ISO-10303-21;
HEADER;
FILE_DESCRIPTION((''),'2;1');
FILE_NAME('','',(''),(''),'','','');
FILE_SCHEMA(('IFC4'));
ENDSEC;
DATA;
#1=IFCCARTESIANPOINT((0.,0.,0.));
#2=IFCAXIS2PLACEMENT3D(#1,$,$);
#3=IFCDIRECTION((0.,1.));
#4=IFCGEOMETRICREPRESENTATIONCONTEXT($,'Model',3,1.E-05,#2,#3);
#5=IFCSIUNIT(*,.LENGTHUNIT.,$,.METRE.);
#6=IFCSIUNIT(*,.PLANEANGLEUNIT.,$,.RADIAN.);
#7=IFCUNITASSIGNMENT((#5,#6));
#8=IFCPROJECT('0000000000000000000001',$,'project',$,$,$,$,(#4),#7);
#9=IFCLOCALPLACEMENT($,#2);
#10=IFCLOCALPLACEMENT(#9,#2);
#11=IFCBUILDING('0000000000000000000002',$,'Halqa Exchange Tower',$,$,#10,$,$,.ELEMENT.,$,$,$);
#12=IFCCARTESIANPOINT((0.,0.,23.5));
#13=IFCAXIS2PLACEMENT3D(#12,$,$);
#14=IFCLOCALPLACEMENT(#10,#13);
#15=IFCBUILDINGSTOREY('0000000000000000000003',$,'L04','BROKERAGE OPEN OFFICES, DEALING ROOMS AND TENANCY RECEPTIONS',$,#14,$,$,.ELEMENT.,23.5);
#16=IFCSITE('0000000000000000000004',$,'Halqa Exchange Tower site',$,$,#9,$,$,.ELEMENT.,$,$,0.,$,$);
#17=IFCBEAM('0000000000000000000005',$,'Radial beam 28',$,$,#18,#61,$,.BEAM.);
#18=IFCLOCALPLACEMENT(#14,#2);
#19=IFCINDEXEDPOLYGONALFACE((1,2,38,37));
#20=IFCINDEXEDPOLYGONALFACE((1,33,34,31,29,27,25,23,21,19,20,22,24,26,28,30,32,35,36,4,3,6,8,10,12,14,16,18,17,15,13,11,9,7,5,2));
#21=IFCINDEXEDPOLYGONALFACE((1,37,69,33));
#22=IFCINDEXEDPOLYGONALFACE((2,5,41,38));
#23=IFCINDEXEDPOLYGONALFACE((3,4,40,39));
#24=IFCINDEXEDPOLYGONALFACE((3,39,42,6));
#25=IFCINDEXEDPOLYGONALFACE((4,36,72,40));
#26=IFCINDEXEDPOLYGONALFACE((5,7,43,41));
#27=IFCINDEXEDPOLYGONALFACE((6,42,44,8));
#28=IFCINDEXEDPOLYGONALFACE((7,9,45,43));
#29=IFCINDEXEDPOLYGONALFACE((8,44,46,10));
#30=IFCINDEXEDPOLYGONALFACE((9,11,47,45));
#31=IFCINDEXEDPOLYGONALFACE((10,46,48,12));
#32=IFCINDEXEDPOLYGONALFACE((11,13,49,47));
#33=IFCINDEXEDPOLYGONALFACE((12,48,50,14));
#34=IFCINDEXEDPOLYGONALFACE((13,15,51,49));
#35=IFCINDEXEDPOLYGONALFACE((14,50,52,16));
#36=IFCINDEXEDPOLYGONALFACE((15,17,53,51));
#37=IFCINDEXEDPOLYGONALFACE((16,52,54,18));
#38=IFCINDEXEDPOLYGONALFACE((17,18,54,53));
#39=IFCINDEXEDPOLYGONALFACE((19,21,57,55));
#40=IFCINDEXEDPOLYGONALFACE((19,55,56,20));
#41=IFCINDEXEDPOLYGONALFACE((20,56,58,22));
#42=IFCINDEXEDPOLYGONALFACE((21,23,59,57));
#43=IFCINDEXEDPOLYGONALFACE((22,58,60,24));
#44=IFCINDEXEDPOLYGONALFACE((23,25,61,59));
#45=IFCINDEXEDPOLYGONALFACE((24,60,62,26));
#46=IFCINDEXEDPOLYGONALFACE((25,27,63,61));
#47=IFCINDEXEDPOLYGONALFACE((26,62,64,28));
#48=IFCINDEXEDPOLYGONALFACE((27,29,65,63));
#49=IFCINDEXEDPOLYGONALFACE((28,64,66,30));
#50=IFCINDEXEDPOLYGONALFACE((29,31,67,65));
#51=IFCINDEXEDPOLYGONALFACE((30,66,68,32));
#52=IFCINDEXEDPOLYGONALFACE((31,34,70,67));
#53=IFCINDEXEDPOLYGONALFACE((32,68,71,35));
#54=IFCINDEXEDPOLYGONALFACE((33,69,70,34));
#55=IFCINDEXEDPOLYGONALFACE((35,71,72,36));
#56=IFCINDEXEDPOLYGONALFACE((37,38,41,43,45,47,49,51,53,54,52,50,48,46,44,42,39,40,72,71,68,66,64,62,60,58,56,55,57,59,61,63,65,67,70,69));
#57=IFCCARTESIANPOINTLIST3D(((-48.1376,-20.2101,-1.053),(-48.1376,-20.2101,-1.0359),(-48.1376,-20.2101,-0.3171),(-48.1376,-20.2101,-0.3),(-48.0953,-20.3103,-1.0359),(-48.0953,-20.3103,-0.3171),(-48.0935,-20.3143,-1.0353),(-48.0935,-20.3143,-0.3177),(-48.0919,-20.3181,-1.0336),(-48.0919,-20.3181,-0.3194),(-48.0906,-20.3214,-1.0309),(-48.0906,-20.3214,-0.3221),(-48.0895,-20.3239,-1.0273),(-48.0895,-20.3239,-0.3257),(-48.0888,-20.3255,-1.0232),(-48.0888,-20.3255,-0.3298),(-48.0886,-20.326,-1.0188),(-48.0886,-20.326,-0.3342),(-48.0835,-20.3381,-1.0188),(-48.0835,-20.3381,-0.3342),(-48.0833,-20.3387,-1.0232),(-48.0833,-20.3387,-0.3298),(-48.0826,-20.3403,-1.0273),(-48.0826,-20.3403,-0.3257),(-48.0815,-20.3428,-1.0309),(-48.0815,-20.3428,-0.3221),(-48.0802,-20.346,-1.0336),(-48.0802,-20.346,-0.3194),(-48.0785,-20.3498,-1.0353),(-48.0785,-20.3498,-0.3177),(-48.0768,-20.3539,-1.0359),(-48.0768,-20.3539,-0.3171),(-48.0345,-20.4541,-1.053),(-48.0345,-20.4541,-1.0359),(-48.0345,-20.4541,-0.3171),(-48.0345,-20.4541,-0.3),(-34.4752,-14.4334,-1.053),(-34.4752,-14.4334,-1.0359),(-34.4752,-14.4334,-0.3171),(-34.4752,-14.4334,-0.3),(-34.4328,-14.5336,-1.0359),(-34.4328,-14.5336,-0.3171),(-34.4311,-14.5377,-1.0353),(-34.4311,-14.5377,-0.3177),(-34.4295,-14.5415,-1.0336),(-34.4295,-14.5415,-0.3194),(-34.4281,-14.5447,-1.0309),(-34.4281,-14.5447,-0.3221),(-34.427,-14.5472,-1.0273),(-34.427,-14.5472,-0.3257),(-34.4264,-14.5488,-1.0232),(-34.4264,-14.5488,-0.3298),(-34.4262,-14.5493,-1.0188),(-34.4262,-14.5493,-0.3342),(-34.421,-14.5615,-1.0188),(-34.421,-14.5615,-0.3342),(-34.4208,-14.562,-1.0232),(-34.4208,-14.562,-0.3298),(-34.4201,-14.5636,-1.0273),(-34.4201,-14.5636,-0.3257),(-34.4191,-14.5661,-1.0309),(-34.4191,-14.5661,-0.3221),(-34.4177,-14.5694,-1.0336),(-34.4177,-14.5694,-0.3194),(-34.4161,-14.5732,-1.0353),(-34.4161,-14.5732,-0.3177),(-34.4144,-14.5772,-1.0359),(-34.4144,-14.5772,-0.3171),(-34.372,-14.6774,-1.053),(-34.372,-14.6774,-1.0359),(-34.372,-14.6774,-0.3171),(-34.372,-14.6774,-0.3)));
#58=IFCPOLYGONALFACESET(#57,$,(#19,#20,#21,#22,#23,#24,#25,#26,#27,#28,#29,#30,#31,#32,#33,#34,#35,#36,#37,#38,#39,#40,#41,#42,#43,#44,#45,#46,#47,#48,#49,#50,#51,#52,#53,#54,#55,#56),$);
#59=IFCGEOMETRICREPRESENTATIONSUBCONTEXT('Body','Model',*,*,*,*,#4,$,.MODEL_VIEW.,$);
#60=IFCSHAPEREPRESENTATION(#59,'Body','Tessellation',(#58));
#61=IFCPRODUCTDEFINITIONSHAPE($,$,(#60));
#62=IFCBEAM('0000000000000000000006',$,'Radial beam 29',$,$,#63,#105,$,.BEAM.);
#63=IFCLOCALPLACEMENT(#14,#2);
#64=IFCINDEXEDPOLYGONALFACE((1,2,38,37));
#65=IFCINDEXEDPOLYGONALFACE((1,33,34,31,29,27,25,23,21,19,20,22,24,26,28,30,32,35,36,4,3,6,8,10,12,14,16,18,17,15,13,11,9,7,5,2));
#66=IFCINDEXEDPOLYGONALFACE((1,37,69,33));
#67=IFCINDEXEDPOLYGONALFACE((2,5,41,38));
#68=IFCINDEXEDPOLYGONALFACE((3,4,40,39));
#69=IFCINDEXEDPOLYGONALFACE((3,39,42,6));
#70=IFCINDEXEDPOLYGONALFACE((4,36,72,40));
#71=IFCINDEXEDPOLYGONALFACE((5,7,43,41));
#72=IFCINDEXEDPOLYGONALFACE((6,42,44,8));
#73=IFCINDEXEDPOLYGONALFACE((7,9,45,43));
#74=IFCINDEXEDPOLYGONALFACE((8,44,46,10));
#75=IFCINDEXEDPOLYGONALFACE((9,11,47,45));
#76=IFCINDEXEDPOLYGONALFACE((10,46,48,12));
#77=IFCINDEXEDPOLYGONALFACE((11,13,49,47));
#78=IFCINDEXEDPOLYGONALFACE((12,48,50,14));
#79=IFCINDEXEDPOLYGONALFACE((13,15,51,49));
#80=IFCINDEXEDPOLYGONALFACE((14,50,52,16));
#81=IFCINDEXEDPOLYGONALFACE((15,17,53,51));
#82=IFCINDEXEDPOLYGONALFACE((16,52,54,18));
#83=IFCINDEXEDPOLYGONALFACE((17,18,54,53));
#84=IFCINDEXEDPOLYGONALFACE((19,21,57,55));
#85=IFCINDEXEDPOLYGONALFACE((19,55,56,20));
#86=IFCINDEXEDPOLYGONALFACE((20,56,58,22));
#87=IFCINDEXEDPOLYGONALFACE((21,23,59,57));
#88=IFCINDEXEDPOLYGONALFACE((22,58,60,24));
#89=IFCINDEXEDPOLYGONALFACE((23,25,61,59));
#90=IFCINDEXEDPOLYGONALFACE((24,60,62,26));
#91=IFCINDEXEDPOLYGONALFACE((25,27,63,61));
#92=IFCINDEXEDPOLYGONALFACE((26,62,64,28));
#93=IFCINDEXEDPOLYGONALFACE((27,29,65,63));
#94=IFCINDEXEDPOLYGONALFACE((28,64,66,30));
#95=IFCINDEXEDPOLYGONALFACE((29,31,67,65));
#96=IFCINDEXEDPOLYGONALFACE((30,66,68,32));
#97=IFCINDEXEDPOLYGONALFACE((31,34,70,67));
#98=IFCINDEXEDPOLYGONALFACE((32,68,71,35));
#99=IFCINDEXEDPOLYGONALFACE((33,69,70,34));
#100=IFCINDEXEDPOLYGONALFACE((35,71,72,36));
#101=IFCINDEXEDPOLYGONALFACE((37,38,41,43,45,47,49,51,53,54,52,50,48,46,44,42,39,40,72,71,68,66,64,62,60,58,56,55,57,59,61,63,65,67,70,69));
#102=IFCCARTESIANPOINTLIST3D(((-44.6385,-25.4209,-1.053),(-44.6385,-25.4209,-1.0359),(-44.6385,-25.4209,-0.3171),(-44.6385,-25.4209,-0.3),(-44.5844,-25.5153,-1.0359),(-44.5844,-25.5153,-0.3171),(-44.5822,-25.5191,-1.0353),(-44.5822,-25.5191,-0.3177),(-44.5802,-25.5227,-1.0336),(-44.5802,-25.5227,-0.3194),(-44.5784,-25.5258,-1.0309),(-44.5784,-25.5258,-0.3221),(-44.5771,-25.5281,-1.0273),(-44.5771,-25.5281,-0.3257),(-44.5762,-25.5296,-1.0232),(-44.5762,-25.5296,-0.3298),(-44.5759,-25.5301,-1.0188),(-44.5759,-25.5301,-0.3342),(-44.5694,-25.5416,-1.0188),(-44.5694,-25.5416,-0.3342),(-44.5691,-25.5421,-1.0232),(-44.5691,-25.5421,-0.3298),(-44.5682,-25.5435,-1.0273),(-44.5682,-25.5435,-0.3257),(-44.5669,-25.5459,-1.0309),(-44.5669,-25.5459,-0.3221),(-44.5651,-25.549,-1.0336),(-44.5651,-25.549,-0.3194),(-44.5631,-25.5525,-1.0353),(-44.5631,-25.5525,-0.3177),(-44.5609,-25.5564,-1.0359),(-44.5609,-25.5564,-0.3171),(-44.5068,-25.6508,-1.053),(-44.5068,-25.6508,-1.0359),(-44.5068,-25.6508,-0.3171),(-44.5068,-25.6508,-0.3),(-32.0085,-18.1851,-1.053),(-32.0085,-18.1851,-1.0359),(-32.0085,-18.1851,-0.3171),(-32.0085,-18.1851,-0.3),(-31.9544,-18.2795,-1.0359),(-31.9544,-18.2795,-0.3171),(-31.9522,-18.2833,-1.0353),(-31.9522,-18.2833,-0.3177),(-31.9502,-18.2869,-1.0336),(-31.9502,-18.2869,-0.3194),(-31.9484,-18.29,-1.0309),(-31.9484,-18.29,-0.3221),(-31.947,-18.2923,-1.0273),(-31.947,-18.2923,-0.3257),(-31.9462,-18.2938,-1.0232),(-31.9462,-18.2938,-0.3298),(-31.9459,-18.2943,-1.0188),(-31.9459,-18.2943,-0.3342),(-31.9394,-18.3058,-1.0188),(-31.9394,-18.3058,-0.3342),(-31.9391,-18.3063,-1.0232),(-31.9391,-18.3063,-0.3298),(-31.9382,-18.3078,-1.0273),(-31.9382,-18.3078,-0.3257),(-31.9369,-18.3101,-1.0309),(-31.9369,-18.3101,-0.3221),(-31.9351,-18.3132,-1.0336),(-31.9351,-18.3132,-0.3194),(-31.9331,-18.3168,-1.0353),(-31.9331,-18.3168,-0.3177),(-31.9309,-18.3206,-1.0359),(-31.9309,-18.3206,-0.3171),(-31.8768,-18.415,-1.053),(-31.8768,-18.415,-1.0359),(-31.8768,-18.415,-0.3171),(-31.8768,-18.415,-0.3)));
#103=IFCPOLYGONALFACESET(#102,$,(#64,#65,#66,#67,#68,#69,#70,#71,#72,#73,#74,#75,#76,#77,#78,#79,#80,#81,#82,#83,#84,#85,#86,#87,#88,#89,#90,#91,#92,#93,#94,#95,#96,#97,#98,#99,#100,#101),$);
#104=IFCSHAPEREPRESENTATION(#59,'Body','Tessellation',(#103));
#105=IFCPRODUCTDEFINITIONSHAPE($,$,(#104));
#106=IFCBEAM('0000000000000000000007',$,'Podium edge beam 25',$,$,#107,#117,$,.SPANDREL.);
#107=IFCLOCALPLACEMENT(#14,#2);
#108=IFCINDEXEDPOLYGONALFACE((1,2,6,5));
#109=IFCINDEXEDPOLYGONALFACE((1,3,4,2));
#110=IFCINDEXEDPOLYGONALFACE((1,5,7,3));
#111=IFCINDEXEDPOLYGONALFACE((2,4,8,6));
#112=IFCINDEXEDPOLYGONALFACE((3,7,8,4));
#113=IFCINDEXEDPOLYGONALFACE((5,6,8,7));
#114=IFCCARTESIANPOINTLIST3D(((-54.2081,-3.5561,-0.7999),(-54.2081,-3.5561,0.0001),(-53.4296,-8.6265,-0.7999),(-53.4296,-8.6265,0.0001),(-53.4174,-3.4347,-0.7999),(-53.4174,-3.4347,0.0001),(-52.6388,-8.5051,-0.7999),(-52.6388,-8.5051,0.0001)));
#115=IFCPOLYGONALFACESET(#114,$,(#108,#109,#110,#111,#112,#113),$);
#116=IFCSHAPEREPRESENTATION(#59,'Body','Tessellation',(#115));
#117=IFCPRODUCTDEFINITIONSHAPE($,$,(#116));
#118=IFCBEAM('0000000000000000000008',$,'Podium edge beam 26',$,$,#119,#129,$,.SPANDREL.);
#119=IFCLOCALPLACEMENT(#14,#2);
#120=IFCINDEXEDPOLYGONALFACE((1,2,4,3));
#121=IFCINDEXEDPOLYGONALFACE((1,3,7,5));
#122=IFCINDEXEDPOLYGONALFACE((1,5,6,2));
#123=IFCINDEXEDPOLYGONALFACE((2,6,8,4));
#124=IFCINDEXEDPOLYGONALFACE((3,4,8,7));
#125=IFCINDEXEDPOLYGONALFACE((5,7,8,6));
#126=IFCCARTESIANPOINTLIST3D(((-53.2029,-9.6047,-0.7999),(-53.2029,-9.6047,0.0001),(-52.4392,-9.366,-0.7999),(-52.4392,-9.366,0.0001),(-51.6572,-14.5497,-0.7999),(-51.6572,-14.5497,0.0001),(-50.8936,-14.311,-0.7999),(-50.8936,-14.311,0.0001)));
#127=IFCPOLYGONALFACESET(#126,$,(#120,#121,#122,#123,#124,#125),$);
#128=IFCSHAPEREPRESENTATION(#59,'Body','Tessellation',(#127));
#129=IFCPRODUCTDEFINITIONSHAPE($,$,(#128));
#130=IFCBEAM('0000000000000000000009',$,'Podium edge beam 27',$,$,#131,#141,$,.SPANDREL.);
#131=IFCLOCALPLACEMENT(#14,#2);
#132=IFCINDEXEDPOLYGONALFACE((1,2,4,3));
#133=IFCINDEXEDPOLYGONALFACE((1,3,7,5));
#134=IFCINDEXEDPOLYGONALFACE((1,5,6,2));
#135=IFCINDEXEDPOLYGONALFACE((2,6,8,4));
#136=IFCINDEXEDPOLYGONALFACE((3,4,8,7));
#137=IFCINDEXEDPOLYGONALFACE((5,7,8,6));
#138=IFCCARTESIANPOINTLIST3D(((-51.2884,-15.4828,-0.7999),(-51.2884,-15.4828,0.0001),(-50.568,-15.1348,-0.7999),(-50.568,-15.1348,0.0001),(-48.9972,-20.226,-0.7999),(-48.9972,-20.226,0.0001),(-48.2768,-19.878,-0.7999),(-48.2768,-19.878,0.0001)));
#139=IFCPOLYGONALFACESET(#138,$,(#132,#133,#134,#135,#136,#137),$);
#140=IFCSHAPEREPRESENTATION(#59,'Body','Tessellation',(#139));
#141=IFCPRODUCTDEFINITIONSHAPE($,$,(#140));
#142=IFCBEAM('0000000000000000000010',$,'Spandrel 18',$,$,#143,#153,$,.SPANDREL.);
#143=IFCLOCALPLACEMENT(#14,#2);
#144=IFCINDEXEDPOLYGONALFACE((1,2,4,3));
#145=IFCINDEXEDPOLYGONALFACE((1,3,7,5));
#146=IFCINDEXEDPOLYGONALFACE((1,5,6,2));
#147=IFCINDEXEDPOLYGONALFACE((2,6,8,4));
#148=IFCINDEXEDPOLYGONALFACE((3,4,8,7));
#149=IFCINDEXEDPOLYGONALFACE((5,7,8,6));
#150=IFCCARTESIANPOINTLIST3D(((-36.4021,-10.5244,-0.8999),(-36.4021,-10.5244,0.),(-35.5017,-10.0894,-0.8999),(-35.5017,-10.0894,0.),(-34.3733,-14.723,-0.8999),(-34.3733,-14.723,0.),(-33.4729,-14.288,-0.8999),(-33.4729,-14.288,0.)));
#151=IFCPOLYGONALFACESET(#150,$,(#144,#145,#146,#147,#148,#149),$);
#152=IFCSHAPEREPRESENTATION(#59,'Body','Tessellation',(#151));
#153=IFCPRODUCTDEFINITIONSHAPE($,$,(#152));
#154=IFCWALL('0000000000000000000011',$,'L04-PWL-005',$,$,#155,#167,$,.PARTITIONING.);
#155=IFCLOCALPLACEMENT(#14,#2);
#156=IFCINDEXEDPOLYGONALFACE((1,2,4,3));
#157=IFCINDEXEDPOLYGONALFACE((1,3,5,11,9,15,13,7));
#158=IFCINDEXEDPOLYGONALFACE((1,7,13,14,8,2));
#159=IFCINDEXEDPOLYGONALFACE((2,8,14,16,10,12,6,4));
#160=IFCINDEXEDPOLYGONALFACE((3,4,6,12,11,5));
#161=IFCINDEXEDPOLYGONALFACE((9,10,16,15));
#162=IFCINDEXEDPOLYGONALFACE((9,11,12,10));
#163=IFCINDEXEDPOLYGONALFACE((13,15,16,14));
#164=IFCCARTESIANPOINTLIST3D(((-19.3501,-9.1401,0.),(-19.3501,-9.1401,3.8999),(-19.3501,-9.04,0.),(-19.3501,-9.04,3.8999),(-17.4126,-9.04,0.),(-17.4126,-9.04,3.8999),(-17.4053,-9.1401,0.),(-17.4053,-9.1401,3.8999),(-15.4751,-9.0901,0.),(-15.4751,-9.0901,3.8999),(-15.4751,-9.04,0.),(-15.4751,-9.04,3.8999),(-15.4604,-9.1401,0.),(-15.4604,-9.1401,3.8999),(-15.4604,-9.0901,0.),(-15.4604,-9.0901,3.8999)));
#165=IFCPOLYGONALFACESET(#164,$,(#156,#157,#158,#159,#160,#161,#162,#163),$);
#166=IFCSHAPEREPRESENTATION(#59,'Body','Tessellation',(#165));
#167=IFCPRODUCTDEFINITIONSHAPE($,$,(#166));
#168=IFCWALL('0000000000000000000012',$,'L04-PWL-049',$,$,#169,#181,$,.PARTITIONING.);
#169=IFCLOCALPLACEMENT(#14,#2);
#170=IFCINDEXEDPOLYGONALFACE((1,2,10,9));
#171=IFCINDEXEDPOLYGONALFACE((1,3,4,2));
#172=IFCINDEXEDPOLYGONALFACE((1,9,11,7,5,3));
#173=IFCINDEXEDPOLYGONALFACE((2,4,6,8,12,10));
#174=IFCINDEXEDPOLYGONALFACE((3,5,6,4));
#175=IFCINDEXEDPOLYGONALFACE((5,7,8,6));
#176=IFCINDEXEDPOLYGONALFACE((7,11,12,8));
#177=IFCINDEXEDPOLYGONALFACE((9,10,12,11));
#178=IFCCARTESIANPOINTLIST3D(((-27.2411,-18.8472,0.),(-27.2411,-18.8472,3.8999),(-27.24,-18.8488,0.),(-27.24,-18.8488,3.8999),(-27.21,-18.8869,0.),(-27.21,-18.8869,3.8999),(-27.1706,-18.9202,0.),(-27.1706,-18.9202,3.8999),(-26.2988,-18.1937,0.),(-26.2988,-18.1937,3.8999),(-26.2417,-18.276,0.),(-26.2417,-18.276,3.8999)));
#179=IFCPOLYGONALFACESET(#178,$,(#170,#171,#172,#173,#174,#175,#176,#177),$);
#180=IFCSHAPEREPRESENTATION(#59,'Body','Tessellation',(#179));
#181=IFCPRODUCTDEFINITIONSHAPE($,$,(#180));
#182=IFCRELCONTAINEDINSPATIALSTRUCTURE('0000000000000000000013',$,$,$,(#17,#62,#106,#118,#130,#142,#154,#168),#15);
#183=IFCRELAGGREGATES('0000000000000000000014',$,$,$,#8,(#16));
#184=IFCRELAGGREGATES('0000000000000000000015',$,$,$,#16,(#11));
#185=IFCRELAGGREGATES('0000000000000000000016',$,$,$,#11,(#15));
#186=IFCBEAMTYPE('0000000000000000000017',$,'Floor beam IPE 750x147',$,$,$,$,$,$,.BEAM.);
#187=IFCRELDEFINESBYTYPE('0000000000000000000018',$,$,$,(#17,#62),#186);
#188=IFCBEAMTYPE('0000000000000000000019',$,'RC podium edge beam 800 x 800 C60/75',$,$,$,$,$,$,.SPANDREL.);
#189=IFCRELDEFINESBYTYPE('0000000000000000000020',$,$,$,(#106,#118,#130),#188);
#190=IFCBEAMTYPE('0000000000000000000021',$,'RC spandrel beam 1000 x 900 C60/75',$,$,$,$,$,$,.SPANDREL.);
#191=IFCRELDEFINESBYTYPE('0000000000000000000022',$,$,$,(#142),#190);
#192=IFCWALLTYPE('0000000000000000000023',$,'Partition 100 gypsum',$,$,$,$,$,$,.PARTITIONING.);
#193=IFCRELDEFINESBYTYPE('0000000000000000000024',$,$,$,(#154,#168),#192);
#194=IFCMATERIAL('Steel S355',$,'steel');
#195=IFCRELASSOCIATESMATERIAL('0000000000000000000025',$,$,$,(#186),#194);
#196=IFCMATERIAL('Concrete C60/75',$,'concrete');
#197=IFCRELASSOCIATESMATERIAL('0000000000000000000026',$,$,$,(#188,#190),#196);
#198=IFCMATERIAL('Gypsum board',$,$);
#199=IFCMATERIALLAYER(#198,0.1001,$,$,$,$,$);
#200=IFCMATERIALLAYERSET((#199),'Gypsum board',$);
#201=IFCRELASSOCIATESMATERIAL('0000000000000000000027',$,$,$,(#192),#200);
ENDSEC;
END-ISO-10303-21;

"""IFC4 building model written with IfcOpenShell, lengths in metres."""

from ifc_helpers import new_model, si_unit, direction, frame, origin, origin_2d, place, context, subcontext, project, spatial, polyline, rectangle, i_section, outline, extrude, material, layer, layer_set, material_profile, profile_set, type_object, element, save


model = new_model("IFC4")

# Units and contexts
model_context = context("Model", 3, precision=1e-05, world=origin(), true_north=direction((0.0, 1.0)))
body_context = subcontext(model_context, "Body", "Model", "MODEL_VIEW")
ifc_project = project(units=[si_unit("LENGTHUNIT", "METRE"), si_unit("PLANEANGLEUNIT", "RADIAN")], contexts=[model_context])

# Site, building, storey
site_placement = place(None, origin())
site = spatial("IfcSite", under=ifc_project, at=site_placement, Name="Halqa Exchange Tower site", CompositionType="ELEMENT", RefElevation=0.0)
building_placement = place(site_placement, origin())
building = spatial("IfcBuilding", under=site, at=building_placement, Name="Halqa Exchange Tower", CompositionType="ELEMENT")
storey_placement = place(building_placement, frame((0.0, 0.0, 23.5)))
storey = spatial("IfcBuildingStorey", under=building, at=storey_placement, Name="L04", Description="BROKERAGE OPEN OFFICES, DEALING ROOMS AND TENANCY RECEPTIONS", CompositionType="ELEMENT", Elevation=23.5)

# Beams
ifc_material_1 = material(Name="Steel S355", Category="steel")
ifc_material_profile_1 = material_profile(ifc_material_1, i_section(OverallWidth=0.2649, OverallDepth=0.7529, WebThickness=0.0132, FlangeThickness=0.0171, FilletRadius=0.0171, at=origin_2d()), Name="IPE 750x147")
ifc_profile_set_1 = profile_set([ifc_material_profile_1], Name="Steel S355")
beam_type_1 = type_object("IfcBeamType", Name="Floor beam IPE 750x147", PredefinedType="BEAM", material=ifc_profile_set_1)
beam_1_placement = place(storey_placement, frame((-34.4236, -14.5554, -0.6765), z_axis=(-0.921055, -0.389433, 0.0), x_axis=(0.389433, -0.921055, 0.0)))
element("IfcBeam", 1, at=beam_1_placement, inside=storey, type_object=beam_type_1, Name="Radial beam 28", PredefinedType="BEAM", context=body_context, shape_type="SweptSolid", body=[
    extrude(i_section(OverallWidth=0.2649, OverallDepth=0.7529, WebThickness=0.0132, FlangeThickness=0.0171, FilletRadius=0.0171, at=origin_2d()), origin(), (0.0, 0.0, 1.0), 14.8335),
])
beam_2_placement = place(storey_placement, frame((-31.9426, -18.3, -0.6765), z_axis=(-0.867691, -0.497103, 0.0), x_axis=(0.497103, -0.867691, 0.0)))
element("IfcBeam", 2, at=beam_2_placement, inside=storey, type_object=beam_type_1, Name="Radial beam 29", PredefinedType="BEAM", context=body_context, shape_type="SweptSolid", body=[
    extrude(i_section(OverallWidth=0.2649, OverallDepth=0.7529, WebThickness=0.0132, FlangeThickness=0.0171, FilletRadius=0.0171, at=origin_2d()), origin(), (0.0, 0.0, 1.0), 14.5559),
])
ifc_material_2 = material(Name="Concrete C60/75", Category="concrete")
ifc_material_profile_2 = material_profile(ifc_material_2, rectangle(XDim=0.8, YDim=0.8, at=origin_2d()), Name="800 x 800")
ifc_profile_set_2 = profile_set([ifc_material_profile_2], Name="Concrete C60/75")
beam_type_2 = type_object("IfcBeamType", Name="RC podium edge beam 800 x 800 C60/75", PredefinedType="SPANDREL", material=ifc_profile_set_2)
beam_3_placement = place(storey_placement, frame((-53.8127, -3.4954, -0.3999), z_axis=(0.151768, -0.988416, 0.0), x_axis=(0.988416, 0.151768, 0.0)))
element("IfcBeam", 3, at=beam_3_placement, inside=storey, type_object=beam_type_2, Name="Podium edge beam 25", PredefinedType="SPANDREL", context=body_context, shape_type="SweptSolid", body=[
    extrude(rectangle(XDim=0.8, YDim=0.8, at=origin_2d()), origin(), (0.0, 0.0, 1.0), 5.1299),
])
beam_4_placement = place(storey_placement, frame((-52.821, -9.4854, -0.3999), z_axis=(0.298331, -0.954462, 0.0), x_axis=(0.954462, 0.298331, 0.0)))
element("IfcBeam", 4, at=beam_4_placement, inside=storey, type_object=beam_type_2, Name="Podium edge beam 26", PredefinedType="SPANDREL", context=body_context, shape_type="SweptSolid", body=[
    extrude(rectangle(XDim=0.8, YDim=0.8, at=origin_2d()), origin(), (0.0, 0.0, 1.0), 5.1809),
])
beam_5_placement = place(storey_placement, frame((-50.9282, -15.3088, -0.3999), z_axis=(0.434973, -0.900443, 0.0), x_axis=(0.900443, 0.434973, 0.0)))
element("IfcBeam", 5, at=beam_5_placement, inside=storey, type_object=beam_type_2, Name="Podium edge beam 27", PredefinedType="SPANDREL", context=body_context, shape_type="SweptSolid", body=[
    extrude(rectangle(XDim=0.8, YDim=0.8, at=origin_2d()), origin(), (0.0, 0.0, 1.0), 5.2676),
])
ifc_material_profile_3 = material_profile(ifc_material_2, rectangle(XDim=1.0, YDim=0.8999, at=origin_2d()), Name="1000 x 900")
ifc_profile_set_3 = profile_set([ifc_material_profile_3], Name="Concrete C60/75")
beam_type_3 = type_object("IfcBeamType", Name="RC spandrel beam 1000 x 900 C60/75", PredefinedType="SPANDREL", material=ifc_profile_set_3)
beam_6_placement = place(storey_placement, frame((-35.9519, -10.3069, -0.45), z_axis=(0.435068, -0.900397, 0.0), x_axis=(0.900397, 0.435068, 0.0)))
element("IfcBeam", 6, at=beam_6_placement, inside=storey, type_object=beam_type_3, Name="Spandrel 18", PredefinedType="SPANDREL", context=body_context, shape_type="SweptSolid", body=[
    extrude(rectangle(XDim=1.0, YDim=0.8999, at=origin_2d()), origin(), (0.0, 0.0, 1.0), 4.6631),
])

# Shared definitions
ifc_material_3 = material(Name="Gypsum board")
ifc_layer_1 = layer(ifc_material_3, 0.1001)
ifc_layer_set_1 = layer_set([ifc_layer_1], Name="Gypsum board")
wall_type_1 = type_object("IfcWallType", Name="Partition 100 gypsum", PredefinedType="PARTITIONING", material=ifc_layer_set_1)

# Wall
wall_1_placement = place(storey_placement, frame((-19.3501, -9.0901, 0.0), z_axis=(0.0, 0.0, 1.0), x_axis=(1.0, 0.0, 0.0)))
element("IfcWall", 7, at=wall_1_placement, inside=storey, type_object=wall_type_1, Name="L04-PWL-005", PredefinedType="PARTITIONING", context=body_context, shape_type="SweptSolid", body=[
    extrude(outline(polyline([(3.8896, -0.05), (3.8896, 0.0), (3.875, 0.0), (3.875, 0.05), (1.9375, 0.05), (0.0, 0.05), (0.0, -0.05), (1.9448, -0.05), (3.8896, -0.05)])), origin(), (0.0, 0.0, 1.0), 3.8999),
])

# Wall
wall_2_placement = place(storey_placement, frame((-26.2703, -18.2349, 0.0), z_axis=(0.0, 0.0, 1.0), x_axis=(-0.821724, -0.569885, 0.0)))
element("IfcWall", 8, at=wall_2_placement, inside=storey, type_object=wall_type_1, Name="L04-PWL-049", PredefinedType="PARTITIONING", context=body_context, shape_type="SweptSolid", body=[
    extrude(outline(polyline([(1.1467, -0.05), (1.1467, -0.0481), (1.1438, 0.0002), (1.1304, 0.05), (0.0, 0.05), (0.0, -0.05), (1.1467, -0.05)])), origin(), (0.0, 0.0, 1.0), 3.8999),
])

save(model, "model.ifc")
